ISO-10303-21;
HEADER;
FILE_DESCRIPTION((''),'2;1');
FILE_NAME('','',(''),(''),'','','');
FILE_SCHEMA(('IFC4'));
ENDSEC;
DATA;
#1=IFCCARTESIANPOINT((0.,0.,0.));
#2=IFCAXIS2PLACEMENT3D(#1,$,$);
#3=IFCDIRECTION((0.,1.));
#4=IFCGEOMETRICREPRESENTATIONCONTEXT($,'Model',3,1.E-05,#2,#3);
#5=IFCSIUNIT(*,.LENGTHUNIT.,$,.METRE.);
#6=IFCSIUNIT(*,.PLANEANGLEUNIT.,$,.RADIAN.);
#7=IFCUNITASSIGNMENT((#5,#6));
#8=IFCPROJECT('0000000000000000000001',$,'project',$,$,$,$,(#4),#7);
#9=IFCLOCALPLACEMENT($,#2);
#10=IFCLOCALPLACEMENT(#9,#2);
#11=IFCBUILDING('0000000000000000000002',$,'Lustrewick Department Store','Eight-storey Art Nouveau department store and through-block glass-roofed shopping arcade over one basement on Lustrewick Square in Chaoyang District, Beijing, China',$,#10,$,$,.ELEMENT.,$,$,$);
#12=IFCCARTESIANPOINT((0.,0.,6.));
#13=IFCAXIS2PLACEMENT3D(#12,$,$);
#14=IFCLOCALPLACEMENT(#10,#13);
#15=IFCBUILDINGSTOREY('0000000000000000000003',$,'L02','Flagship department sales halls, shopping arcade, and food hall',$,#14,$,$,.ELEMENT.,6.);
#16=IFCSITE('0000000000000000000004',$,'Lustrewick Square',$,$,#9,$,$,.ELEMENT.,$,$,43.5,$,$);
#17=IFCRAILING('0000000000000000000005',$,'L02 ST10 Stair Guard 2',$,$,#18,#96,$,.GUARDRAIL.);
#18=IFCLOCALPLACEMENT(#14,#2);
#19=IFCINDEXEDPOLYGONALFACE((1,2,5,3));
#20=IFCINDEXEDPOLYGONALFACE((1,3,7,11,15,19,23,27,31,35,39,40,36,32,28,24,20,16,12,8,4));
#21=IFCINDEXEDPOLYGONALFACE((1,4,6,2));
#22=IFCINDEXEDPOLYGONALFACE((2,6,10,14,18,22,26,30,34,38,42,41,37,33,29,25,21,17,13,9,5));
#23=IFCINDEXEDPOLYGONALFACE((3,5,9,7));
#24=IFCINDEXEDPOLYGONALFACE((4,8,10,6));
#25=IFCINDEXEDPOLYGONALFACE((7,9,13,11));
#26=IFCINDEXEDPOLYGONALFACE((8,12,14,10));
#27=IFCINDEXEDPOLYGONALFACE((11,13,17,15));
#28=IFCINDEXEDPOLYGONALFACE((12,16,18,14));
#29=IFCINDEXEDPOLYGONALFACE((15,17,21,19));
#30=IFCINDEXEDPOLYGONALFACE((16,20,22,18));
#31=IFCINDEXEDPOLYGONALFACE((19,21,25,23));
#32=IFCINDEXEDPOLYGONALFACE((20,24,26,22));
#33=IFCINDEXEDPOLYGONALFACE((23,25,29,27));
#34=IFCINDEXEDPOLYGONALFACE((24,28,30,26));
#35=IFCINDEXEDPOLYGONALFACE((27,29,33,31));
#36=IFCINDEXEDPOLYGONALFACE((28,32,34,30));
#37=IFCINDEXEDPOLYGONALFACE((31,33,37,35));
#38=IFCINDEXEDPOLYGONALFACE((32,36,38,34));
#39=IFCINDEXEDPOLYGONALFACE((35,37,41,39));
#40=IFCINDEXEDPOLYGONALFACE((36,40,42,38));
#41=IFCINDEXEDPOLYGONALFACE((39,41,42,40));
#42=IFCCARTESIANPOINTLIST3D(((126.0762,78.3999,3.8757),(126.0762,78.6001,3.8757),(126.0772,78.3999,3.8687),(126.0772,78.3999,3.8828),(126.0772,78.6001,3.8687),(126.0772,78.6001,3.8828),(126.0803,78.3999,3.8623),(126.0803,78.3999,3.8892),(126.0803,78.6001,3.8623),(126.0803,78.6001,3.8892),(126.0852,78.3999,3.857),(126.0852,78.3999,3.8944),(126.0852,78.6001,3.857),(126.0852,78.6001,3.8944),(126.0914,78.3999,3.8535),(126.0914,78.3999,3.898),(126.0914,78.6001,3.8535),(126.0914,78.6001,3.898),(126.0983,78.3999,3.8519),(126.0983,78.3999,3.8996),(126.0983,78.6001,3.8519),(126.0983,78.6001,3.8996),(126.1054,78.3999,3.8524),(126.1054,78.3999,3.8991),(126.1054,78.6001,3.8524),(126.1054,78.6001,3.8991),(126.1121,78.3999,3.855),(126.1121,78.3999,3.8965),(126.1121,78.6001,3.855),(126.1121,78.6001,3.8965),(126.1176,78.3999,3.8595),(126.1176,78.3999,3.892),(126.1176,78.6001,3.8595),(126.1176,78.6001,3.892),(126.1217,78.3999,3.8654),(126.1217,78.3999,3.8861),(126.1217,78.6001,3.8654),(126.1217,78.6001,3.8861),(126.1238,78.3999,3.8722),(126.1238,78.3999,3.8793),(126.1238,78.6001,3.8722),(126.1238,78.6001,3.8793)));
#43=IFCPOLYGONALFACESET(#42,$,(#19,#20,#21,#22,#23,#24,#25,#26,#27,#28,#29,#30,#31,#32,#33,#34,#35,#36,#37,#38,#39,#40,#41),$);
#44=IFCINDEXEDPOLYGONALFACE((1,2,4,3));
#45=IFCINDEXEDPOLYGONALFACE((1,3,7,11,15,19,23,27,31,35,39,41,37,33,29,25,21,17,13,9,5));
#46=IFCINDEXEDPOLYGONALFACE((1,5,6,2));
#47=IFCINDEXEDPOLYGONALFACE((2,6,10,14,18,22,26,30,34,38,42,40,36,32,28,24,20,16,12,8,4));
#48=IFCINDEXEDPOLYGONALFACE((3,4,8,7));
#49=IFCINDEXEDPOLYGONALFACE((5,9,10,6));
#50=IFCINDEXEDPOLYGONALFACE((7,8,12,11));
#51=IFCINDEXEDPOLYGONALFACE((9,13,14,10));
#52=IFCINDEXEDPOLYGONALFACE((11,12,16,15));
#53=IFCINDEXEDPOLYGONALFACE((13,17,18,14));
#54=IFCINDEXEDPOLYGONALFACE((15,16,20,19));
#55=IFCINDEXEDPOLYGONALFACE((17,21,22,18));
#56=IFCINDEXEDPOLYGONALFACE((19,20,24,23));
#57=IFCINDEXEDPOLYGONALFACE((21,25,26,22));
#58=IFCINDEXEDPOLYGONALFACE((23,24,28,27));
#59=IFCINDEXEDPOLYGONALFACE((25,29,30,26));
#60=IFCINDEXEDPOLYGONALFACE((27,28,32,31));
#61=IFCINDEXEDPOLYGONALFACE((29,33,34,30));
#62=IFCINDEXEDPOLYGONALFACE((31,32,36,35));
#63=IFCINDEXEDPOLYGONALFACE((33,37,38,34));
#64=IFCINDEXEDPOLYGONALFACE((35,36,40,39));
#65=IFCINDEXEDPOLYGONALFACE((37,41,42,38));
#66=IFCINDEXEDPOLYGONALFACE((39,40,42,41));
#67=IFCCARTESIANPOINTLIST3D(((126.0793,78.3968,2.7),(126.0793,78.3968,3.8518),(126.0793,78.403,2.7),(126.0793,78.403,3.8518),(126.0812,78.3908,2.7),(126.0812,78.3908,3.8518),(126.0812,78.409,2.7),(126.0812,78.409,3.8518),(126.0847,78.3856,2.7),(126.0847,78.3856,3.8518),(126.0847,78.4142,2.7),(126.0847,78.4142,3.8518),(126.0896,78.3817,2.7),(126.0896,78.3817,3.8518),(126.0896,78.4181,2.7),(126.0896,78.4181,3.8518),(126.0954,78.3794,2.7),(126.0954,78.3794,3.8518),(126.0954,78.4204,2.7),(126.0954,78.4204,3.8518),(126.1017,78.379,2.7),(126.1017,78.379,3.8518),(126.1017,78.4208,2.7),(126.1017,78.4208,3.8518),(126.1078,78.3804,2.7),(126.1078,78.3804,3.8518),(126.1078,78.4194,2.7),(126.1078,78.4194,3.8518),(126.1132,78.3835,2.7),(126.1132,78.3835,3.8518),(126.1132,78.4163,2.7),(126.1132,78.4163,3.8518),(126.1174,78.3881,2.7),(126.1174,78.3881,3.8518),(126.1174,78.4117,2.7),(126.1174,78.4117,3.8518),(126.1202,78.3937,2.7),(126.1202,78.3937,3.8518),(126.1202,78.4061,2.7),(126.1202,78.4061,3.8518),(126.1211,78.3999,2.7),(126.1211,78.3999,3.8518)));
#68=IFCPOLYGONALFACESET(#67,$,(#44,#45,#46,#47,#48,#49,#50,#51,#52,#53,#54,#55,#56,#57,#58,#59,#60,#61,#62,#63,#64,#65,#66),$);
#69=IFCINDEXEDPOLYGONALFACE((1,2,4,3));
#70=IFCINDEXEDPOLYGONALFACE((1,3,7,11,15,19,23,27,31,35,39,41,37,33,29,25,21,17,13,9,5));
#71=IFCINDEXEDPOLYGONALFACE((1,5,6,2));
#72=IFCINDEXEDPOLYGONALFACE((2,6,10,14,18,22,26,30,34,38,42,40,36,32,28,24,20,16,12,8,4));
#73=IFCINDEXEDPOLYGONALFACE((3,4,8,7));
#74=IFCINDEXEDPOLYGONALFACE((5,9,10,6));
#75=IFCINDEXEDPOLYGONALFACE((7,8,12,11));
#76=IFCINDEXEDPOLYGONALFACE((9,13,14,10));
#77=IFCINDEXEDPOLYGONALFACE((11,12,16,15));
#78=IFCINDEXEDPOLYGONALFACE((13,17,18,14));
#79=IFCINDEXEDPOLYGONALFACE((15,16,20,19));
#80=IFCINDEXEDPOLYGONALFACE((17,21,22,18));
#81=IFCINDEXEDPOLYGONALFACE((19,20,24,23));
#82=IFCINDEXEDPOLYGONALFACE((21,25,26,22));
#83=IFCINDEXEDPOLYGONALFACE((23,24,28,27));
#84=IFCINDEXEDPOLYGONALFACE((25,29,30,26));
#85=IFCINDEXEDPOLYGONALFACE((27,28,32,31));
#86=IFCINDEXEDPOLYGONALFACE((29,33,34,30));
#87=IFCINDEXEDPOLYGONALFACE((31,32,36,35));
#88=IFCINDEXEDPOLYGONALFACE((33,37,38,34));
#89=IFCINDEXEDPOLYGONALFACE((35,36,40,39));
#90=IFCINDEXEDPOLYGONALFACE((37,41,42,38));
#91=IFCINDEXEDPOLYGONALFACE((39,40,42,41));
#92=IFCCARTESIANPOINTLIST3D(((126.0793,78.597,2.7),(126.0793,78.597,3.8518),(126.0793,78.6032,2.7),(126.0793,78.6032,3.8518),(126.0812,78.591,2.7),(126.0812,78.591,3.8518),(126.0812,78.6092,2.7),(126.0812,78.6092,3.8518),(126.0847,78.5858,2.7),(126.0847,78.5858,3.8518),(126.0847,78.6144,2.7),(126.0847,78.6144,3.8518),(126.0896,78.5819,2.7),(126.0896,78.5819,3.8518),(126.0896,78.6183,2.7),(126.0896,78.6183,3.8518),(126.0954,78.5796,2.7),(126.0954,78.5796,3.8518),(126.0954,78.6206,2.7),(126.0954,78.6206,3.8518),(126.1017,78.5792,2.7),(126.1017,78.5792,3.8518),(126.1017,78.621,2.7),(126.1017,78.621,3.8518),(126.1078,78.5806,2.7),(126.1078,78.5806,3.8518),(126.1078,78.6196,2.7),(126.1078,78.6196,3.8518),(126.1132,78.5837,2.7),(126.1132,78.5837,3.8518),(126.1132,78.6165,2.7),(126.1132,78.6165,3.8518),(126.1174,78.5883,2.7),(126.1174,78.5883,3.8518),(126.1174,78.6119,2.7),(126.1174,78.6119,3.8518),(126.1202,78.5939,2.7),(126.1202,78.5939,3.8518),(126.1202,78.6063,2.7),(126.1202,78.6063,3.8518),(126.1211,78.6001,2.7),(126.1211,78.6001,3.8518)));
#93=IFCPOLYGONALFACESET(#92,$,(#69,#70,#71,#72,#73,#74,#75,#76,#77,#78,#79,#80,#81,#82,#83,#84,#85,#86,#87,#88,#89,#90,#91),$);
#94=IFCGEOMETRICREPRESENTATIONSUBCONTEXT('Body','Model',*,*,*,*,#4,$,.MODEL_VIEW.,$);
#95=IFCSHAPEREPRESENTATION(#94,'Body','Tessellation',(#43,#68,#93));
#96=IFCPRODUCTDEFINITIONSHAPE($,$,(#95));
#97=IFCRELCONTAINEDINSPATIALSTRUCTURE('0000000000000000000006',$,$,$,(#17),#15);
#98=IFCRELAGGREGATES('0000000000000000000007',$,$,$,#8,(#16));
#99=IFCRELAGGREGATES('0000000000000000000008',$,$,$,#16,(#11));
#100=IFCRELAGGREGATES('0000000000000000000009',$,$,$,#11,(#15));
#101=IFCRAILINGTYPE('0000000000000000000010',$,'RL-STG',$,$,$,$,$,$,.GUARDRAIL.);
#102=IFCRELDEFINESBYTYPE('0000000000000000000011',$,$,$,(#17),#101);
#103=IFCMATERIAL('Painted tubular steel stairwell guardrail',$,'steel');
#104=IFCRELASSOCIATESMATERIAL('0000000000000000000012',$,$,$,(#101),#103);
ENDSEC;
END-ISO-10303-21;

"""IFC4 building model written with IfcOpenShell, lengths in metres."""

from ifc_helpers import new_model, si_unit, direction, frame, origin, origin_2d, place, context, subcontext, project, spatial, circle, extrude, material, type_object, element, save


model = new_model("IFC4")

# Units and contexts
model_context = context("Model", 3, precision=1e-05, world=origin(), true_north=direction((0.0, 1.0)))
body_context = subcontext(model_context, "Body", "Model", "MODEL_VIEW")
ifc_project = project(units=[si_unit("LENGTHUNIT", "METRE"), si_unit("PLANEANGLEUNIT", "RADIAN")], contexts=[model_context])

# Site, building, storey
site_placement = place(None, origin())
site = spatial("IfcSite", under=ifc_project, at=site_placement, Name="Lustrewick Square", CompositionType="ELEMENT", RefElevation=43.5)
building_placement = place(site_placement, origin())
building = spatial("IfcBuilding", under=site, at=building_placement, Name="Lustrewick Department Store", Description="Eight-storey Art Nouveau department store and through-block glass-roofed shopping arcade over one basement on Lustrewick Square in Chaoyang District, Beijing, China", CompositionType="ELEMENT")
storey_placement = place(building_placement, frame((0.0, 0.0, 6.0)))
storey = spatial("IfcBuildingStorey", under=building, at=storey_placement, Name="L02", Description="Flagship department sales halls, shopping arcade, and food hall", CompositionType="ELEMENT", Elevation=6.0)

# Railing
ifc_material_1 = material(Name="Painted tubular steel stairwell guardrail", Category="steel")
railing_type_1 = type_object("IfcRailingType", Name="RL-STG", PredefinedType="GUARDRAIL", material=ifc_material_1)
railing_1_placement = place(storey_placement, frame((126.1001, 78.3999, 2.7)))
element("IfcRailing", 1, at=railing_1_placement, inside=storey, type_object=railing_type_1, Name="L02 ST10 Stair Guard 2", PredefinedType="GUARDRAIL", context=body_context, shape_type="SweptSolid", body=[
    extrude(circle(Radius=0.0239, at=origin_2d()), frame((0.0, 0.0, 1.1758), z_axis=(0.0, 1.0, 0.0), x_axis=(-1.0, 0.0, 0.0)), (0.0, 0.0, 1.0), 0.2002),
    extrude(circle(Radius=0.021, at=origin_2d()), origin(), (0.0, 0.0, 1.0), 1.1519),
    extrude(circle(Radius=0.021, at=origin_2d()), frame((0.0, 0.2002, 0.0)), (0.0, 0.0, 1.0), 1.1519),
])

save(model, "model.ifc")
